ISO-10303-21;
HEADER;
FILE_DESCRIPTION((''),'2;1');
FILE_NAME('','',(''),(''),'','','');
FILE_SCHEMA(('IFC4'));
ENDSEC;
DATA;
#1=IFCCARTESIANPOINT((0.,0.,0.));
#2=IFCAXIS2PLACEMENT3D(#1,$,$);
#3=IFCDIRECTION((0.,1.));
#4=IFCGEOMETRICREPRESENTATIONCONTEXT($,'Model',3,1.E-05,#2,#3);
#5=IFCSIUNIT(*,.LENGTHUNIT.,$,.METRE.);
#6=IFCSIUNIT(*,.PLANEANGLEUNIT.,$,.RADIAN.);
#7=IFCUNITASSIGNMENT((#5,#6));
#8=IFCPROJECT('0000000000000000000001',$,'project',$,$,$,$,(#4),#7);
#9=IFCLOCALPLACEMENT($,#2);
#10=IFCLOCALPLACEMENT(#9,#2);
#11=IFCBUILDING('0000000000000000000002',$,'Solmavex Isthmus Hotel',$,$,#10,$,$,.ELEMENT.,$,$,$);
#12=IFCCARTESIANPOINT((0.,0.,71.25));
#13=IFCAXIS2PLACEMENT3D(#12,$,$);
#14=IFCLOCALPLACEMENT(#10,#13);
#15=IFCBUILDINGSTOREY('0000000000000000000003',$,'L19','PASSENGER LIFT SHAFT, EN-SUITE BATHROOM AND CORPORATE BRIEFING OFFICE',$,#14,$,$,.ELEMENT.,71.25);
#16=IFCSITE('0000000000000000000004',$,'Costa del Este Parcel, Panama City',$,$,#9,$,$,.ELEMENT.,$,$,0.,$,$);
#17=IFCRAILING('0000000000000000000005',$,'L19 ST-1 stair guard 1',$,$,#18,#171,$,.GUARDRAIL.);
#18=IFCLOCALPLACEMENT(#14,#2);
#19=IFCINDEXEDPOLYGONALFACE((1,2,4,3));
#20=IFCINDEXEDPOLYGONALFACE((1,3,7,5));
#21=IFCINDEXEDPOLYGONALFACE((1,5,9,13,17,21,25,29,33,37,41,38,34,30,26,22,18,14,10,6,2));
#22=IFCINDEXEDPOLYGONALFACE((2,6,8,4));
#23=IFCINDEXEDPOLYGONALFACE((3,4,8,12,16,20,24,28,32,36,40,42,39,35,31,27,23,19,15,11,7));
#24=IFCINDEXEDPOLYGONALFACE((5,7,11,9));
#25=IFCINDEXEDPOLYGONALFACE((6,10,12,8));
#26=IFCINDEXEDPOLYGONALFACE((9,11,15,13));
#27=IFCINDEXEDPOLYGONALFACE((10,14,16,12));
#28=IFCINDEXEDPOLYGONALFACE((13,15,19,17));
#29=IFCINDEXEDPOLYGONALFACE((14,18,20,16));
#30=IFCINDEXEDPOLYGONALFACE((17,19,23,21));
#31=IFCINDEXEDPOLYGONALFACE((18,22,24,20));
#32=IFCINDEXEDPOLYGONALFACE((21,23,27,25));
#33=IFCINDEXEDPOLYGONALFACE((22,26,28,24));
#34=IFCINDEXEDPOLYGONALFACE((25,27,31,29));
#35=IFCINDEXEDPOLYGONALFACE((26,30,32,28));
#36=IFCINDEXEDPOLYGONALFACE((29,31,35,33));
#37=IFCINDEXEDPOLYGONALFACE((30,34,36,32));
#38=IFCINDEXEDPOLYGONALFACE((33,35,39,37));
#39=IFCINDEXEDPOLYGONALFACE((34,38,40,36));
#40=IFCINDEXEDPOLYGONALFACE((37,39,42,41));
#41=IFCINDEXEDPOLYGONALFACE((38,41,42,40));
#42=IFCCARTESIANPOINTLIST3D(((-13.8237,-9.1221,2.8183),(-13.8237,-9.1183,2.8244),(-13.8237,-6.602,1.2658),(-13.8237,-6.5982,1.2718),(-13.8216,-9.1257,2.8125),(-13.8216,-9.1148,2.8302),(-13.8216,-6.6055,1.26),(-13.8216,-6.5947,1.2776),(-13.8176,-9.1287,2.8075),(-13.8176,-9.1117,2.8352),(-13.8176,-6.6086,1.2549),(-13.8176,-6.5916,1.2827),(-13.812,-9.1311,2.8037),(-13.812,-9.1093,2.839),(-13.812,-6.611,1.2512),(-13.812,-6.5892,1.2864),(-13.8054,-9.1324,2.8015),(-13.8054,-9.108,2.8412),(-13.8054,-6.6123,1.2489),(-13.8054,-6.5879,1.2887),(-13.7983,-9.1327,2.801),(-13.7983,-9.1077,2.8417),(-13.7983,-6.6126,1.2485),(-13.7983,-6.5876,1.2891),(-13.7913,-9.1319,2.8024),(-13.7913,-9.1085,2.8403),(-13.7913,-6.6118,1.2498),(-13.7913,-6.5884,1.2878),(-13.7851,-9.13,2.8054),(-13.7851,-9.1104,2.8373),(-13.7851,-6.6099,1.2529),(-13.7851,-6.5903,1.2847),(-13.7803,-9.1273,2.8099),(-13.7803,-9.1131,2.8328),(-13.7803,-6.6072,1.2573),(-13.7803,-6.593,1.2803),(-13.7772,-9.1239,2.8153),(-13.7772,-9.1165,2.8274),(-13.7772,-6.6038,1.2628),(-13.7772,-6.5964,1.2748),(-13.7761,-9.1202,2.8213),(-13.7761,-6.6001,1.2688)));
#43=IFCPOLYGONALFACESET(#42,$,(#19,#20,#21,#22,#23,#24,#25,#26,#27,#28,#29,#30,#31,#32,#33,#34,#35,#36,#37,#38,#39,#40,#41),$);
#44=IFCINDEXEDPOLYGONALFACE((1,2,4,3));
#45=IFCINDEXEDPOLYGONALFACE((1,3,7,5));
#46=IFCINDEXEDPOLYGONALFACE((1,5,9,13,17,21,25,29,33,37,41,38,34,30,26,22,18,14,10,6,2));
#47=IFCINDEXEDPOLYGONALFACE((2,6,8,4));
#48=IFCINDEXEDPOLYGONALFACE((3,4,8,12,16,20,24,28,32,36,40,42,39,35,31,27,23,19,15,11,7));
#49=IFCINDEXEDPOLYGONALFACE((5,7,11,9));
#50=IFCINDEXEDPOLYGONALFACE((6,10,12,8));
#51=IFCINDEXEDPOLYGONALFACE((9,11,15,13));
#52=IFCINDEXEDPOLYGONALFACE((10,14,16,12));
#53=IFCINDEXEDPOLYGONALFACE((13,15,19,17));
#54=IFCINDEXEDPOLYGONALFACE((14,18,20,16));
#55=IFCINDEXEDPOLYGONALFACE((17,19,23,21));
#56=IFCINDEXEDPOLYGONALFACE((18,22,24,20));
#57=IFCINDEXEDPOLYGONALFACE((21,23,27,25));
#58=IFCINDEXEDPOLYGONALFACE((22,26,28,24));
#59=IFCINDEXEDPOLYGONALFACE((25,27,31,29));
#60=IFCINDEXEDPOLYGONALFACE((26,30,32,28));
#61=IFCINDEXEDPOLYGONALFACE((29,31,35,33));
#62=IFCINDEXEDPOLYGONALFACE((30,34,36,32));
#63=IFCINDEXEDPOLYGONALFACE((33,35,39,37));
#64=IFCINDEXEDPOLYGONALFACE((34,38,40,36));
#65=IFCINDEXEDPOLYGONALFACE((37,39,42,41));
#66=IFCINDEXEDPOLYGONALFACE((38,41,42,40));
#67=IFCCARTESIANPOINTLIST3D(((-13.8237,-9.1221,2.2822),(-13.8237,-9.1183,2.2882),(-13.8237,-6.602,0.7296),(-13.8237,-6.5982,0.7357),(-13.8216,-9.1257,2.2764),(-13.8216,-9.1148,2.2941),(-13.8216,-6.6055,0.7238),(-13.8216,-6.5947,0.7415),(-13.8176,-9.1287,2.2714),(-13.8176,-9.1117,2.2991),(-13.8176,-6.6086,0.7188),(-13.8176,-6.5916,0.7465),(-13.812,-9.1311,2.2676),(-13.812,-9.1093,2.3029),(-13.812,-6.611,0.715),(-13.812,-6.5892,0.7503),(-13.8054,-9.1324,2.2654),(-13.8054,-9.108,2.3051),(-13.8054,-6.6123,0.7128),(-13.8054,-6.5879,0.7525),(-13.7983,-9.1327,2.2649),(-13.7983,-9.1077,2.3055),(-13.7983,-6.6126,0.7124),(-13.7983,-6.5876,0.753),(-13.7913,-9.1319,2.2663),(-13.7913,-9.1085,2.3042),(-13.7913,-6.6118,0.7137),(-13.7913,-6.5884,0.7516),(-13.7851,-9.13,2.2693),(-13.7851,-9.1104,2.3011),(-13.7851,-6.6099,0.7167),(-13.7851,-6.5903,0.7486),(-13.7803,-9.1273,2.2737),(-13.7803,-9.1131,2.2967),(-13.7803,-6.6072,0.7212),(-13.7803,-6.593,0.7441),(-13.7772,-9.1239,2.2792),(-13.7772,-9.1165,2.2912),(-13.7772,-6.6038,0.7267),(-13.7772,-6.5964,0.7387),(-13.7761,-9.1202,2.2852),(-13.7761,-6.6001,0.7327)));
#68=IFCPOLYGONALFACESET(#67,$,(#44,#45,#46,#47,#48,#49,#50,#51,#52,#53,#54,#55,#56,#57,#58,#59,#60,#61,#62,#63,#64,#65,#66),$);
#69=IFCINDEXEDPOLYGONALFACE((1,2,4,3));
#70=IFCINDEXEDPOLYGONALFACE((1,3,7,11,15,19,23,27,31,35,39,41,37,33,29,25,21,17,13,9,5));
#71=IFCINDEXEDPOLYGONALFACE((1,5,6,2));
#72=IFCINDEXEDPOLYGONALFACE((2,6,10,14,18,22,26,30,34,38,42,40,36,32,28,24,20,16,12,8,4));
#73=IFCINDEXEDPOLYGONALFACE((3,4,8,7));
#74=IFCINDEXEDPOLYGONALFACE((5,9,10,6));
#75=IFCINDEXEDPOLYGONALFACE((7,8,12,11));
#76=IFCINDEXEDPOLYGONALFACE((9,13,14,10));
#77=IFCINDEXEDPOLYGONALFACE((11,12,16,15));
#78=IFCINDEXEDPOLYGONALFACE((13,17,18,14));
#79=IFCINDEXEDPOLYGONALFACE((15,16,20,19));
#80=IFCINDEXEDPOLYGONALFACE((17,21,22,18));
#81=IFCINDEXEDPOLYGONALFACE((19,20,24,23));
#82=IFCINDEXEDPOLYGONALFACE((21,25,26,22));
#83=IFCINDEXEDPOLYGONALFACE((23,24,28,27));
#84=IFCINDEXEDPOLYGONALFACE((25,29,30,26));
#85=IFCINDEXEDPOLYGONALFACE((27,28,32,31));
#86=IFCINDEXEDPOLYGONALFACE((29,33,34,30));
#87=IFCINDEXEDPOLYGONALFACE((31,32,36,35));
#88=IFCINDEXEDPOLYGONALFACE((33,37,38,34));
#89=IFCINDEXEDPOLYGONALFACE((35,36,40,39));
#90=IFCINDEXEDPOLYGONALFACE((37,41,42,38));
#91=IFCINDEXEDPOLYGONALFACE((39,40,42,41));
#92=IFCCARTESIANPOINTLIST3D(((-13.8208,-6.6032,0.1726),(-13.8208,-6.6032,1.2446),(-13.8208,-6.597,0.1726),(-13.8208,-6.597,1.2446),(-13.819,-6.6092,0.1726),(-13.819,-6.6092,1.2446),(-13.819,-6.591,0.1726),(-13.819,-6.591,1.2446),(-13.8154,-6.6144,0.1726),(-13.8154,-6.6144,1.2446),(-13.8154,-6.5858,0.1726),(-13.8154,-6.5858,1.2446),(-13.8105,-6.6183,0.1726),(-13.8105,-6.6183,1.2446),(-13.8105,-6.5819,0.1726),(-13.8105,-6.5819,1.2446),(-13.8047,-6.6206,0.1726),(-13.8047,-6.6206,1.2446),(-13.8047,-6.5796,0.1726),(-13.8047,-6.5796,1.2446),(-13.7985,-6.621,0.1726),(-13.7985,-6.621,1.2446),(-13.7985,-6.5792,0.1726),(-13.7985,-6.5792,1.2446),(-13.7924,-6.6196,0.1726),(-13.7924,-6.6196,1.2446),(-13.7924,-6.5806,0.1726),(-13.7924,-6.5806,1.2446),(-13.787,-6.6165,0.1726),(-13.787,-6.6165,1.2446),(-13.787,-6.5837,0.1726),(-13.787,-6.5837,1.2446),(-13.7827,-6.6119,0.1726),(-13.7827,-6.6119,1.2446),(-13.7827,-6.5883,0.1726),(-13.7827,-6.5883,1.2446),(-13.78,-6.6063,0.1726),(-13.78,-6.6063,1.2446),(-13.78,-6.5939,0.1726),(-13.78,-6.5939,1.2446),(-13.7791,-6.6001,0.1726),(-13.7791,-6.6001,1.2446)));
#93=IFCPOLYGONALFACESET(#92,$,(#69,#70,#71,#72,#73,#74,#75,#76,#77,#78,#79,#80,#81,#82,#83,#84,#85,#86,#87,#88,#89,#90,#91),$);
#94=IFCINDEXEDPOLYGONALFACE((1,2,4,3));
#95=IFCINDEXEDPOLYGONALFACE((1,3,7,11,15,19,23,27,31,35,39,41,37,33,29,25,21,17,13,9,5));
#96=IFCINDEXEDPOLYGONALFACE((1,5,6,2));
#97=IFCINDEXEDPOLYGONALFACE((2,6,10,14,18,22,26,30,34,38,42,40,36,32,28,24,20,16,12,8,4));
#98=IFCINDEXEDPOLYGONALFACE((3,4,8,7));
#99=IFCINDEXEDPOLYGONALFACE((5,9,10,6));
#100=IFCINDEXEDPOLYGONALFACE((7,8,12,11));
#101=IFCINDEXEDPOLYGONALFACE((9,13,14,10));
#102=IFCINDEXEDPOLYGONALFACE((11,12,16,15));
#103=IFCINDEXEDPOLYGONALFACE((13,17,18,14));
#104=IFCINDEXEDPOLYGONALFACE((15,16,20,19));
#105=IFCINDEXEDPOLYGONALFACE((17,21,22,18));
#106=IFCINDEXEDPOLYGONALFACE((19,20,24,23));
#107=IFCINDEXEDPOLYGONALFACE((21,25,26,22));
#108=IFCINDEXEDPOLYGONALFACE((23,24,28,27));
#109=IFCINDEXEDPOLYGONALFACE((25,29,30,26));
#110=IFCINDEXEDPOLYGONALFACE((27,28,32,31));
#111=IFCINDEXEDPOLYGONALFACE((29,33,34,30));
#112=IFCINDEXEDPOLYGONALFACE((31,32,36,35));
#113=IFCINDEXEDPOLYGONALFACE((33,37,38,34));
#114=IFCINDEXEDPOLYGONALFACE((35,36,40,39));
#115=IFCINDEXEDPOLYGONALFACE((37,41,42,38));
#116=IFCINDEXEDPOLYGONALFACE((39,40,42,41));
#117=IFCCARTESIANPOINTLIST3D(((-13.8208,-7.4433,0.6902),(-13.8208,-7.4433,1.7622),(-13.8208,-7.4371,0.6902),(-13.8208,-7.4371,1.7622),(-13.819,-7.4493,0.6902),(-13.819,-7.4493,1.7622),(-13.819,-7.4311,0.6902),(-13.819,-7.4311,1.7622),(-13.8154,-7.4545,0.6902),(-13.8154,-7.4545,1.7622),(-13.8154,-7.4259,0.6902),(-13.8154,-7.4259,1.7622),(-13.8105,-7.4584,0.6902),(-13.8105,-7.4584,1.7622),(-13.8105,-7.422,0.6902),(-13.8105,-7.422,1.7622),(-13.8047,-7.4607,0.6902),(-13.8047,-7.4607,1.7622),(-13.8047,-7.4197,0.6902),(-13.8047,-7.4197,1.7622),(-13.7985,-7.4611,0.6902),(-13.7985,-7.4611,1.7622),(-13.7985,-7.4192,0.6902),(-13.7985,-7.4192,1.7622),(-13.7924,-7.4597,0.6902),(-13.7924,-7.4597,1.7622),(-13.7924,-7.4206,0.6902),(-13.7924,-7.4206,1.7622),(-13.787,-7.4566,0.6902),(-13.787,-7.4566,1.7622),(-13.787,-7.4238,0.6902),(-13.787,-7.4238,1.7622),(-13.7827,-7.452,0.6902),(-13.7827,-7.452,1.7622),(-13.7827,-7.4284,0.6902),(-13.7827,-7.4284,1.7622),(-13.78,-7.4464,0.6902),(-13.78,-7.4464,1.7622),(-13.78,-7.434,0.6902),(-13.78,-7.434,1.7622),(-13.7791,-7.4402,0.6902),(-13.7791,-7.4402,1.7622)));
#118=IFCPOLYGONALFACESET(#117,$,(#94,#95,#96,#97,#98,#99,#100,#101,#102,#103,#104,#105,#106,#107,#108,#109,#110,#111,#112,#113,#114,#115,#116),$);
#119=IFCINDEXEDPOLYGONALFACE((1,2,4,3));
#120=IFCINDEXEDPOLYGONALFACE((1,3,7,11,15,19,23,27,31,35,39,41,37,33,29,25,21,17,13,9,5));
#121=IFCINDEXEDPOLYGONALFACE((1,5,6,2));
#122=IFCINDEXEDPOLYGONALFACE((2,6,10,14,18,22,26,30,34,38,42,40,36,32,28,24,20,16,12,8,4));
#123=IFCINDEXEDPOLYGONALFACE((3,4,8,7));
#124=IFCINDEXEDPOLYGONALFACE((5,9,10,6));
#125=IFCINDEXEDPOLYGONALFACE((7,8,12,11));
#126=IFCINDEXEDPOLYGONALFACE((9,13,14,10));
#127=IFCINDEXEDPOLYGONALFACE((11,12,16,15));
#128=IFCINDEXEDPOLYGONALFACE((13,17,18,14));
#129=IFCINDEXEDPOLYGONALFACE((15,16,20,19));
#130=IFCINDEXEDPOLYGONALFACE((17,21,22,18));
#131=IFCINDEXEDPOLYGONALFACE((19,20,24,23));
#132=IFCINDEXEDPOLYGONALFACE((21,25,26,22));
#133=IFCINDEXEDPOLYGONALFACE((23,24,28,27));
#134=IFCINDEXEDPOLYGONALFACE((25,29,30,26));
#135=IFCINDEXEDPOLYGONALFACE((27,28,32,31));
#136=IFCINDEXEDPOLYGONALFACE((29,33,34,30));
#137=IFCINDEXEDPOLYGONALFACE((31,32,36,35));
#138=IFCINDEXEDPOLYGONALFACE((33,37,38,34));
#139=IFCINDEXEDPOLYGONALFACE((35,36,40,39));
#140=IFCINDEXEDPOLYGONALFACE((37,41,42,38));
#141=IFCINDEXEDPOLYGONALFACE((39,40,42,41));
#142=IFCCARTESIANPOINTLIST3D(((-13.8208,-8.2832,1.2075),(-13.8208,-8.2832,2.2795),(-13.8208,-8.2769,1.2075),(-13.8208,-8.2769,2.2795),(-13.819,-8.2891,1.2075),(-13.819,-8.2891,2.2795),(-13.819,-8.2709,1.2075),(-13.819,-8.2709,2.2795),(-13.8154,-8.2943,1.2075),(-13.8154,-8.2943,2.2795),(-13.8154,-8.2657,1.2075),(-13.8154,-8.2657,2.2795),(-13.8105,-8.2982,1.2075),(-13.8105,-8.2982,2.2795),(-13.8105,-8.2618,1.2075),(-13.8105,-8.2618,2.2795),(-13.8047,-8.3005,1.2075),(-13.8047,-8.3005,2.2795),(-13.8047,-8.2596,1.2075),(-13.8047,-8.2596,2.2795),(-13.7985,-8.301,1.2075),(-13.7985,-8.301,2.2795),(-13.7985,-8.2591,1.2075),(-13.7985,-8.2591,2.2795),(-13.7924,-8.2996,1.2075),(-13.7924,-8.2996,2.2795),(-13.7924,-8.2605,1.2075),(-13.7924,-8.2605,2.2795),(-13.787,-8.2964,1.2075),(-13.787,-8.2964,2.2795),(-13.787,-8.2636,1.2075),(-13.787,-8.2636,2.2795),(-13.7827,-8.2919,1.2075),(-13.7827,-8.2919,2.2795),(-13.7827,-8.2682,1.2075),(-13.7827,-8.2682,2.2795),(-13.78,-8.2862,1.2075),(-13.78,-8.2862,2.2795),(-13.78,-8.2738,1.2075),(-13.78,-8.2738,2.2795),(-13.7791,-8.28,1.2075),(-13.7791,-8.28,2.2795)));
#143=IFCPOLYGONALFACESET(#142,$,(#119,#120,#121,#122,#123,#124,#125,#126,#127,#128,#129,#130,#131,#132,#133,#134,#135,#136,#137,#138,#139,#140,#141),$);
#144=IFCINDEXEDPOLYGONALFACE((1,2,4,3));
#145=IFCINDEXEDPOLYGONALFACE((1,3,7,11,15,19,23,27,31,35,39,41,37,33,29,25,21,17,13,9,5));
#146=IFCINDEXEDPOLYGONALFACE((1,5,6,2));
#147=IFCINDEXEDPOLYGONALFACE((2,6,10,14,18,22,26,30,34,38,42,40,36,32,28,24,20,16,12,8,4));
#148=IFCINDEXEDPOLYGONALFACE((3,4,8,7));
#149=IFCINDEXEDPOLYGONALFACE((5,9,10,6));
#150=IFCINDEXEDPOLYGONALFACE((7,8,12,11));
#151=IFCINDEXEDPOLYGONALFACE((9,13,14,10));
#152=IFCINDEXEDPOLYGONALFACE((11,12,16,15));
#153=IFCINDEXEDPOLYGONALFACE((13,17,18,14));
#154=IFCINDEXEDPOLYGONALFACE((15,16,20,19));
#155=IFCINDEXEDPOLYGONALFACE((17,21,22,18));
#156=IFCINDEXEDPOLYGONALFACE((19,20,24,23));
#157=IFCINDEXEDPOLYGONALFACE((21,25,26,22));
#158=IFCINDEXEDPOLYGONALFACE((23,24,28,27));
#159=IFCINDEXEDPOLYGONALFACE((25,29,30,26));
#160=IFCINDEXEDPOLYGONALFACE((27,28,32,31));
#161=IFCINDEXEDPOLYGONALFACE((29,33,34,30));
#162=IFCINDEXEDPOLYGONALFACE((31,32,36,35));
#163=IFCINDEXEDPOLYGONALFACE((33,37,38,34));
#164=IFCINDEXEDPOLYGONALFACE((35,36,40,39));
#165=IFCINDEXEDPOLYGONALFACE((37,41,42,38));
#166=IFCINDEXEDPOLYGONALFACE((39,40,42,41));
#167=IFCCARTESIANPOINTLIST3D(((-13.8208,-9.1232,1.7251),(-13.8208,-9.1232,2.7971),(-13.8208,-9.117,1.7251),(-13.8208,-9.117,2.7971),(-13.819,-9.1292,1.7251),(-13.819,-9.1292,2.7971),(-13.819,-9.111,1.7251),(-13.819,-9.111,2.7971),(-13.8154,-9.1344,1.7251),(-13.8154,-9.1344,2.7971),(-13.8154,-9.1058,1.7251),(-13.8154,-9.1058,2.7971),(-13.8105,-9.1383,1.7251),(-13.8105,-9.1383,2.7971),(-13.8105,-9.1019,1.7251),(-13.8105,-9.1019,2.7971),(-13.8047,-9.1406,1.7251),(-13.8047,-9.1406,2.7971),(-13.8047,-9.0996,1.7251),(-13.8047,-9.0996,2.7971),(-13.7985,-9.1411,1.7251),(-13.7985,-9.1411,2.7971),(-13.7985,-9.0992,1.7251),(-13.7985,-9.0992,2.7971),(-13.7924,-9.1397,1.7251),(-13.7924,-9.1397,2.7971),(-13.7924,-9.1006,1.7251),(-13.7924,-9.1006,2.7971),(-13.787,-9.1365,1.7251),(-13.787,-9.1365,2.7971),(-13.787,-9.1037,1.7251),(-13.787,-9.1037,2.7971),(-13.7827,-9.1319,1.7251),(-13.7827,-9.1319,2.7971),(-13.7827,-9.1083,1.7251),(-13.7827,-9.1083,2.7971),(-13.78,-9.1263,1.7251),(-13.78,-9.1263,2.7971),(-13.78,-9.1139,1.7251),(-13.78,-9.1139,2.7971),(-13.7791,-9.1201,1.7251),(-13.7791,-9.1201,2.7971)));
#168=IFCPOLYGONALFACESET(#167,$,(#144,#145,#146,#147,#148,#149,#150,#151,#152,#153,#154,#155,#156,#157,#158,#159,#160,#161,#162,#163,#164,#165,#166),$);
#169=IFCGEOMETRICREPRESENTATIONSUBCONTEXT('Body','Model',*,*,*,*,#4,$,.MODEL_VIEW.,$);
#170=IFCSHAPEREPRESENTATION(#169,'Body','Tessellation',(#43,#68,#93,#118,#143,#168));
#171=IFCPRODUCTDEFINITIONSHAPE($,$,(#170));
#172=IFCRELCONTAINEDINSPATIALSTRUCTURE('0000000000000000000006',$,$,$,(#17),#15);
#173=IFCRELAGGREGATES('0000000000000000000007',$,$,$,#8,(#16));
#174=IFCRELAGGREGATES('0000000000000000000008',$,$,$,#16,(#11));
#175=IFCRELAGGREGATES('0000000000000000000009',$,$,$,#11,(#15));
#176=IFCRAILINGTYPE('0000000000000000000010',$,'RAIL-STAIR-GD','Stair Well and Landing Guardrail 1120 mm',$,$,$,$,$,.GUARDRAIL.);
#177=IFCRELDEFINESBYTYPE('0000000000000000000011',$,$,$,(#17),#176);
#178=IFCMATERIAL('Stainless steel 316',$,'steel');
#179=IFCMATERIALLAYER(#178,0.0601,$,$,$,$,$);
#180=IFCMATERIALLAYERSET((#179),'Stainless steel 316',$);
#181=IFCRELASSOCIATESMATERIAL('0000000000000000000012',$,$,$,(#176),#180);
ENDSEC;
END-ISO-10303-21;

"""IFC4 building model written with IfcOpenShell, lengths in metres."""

from ifc_helpers import new_model, si_unit, direction, frame, origin, origin_2d, place, context, subcontext, project, spatial, circle, extrude, material, layer, layer_set, type_object, element, save


model = new_model("IFC4")

# Units and contexts
model_context = context("Model", 3, precision=1e-05, world=origin(), true_north=direction((0.0, 1.0)))
body_context = subcontext(model_context, "Body", "Model", "MODEL_VIEW")
ifc_project = project(units=[si_unit("LENGTHUNIT", "METRE"), si_unit("PLANEANGLEUNIT", "RADIAN")], contexts=[model_context])

# Site, building, storey
site_placement = place(None, origin())
site = spatial("IfcSite", under=ifc_project, at=site_placement, Name="Costa del Este Parcel, Panama City", CompositionType="ELEMENT", RefElevation=0.0)
building_placement = place(site_placement, origin())
building = spatial("IfcBuilding", under=site, at=building_placement, Name="Solmavex Isthmus Hotel", CompositionType="ELEMENT")
storey_placement = place(building_placement, frame((0.0, 0.0, 71.25)))
storey = spatial("IfcBuildingStorey", under=building, at=storey_placement, Name="L19", Description="PASSENGER LIFT SHAFT, EN-SUITE BATHROOM AND CORPORATE BRIEFING OFFICE", CompositionType="ELEMENT", Elevation=71.25)

# Shared definitions
ifc_material_1 = material(Name="Stainless steel 316", Category="steel")

# Railing
ifc_layer_1 = layer(ifc_material_1, 0.0601)
ifc_layer_set_1 = layer_set([ifc_layer_1], Name="Stainless steel 316")
railing_type_1 = type_object("IfcRailingType", Name="RAIL-STAIR-GD", Description="Stair Well and Landing Guardrail 1120 mm", PredefinedType="GUARDRAIL", material=ifc_layer_set_1)
railing_1_placement = place(storey_placement, frame((-13.8, -6.6001, 0.1726)))
element("IfcRailing", 1, at=railing_1_placement, inside=storey, type_object=railing_type_1, Name="L19 ST-1 stair guard 1", PredefinedType="GUARDRAIL", context=body_context, shape_type="SweptSolid", body=[
    extrude(circle(Radius=0.0239, at=origin_2d()), frame((0.0, 0.0, 1.0962), z_axis=(0.0, -0.8514, 0.524516), x_axis=(1.0, 0.0, 0.0)), (0.0, 0.0, 1.0), 2.96),
    extrude(circle(Radius=0.0239, at=origin_2d()), frame((0.0, 0.0, 0.5601), z_axis=(0.0, -0.8514, 0.524516), x_axis=(1.0, 0.0, 0.0)), (0.0, 0.0, 1.0), 2.96),
    extrude(circle(Radius=0.021, at=origin_2d()), origin(), (0.0, 0.0, 1.0), 1.072),
    extrude(circle(Radius=0.021, at=origin_2d()), frame((0.0, -0.8401, 0.5176)), (0.0, 0.0, 1.0), 1.072),
    extrude(circle(Radius=0.021, at=origin_2d()), frame((0.0, -1.6799, 1.0349)), (0.0, 0.0, 1.0), 1.072),
    extrude(circle(Radius=0.021, at=origin_2d()), frame((0.0, -2.52, 1.5525)), (0.0, 0.0, 1.0), 1.072),
])

save(model, "model.ifc")
